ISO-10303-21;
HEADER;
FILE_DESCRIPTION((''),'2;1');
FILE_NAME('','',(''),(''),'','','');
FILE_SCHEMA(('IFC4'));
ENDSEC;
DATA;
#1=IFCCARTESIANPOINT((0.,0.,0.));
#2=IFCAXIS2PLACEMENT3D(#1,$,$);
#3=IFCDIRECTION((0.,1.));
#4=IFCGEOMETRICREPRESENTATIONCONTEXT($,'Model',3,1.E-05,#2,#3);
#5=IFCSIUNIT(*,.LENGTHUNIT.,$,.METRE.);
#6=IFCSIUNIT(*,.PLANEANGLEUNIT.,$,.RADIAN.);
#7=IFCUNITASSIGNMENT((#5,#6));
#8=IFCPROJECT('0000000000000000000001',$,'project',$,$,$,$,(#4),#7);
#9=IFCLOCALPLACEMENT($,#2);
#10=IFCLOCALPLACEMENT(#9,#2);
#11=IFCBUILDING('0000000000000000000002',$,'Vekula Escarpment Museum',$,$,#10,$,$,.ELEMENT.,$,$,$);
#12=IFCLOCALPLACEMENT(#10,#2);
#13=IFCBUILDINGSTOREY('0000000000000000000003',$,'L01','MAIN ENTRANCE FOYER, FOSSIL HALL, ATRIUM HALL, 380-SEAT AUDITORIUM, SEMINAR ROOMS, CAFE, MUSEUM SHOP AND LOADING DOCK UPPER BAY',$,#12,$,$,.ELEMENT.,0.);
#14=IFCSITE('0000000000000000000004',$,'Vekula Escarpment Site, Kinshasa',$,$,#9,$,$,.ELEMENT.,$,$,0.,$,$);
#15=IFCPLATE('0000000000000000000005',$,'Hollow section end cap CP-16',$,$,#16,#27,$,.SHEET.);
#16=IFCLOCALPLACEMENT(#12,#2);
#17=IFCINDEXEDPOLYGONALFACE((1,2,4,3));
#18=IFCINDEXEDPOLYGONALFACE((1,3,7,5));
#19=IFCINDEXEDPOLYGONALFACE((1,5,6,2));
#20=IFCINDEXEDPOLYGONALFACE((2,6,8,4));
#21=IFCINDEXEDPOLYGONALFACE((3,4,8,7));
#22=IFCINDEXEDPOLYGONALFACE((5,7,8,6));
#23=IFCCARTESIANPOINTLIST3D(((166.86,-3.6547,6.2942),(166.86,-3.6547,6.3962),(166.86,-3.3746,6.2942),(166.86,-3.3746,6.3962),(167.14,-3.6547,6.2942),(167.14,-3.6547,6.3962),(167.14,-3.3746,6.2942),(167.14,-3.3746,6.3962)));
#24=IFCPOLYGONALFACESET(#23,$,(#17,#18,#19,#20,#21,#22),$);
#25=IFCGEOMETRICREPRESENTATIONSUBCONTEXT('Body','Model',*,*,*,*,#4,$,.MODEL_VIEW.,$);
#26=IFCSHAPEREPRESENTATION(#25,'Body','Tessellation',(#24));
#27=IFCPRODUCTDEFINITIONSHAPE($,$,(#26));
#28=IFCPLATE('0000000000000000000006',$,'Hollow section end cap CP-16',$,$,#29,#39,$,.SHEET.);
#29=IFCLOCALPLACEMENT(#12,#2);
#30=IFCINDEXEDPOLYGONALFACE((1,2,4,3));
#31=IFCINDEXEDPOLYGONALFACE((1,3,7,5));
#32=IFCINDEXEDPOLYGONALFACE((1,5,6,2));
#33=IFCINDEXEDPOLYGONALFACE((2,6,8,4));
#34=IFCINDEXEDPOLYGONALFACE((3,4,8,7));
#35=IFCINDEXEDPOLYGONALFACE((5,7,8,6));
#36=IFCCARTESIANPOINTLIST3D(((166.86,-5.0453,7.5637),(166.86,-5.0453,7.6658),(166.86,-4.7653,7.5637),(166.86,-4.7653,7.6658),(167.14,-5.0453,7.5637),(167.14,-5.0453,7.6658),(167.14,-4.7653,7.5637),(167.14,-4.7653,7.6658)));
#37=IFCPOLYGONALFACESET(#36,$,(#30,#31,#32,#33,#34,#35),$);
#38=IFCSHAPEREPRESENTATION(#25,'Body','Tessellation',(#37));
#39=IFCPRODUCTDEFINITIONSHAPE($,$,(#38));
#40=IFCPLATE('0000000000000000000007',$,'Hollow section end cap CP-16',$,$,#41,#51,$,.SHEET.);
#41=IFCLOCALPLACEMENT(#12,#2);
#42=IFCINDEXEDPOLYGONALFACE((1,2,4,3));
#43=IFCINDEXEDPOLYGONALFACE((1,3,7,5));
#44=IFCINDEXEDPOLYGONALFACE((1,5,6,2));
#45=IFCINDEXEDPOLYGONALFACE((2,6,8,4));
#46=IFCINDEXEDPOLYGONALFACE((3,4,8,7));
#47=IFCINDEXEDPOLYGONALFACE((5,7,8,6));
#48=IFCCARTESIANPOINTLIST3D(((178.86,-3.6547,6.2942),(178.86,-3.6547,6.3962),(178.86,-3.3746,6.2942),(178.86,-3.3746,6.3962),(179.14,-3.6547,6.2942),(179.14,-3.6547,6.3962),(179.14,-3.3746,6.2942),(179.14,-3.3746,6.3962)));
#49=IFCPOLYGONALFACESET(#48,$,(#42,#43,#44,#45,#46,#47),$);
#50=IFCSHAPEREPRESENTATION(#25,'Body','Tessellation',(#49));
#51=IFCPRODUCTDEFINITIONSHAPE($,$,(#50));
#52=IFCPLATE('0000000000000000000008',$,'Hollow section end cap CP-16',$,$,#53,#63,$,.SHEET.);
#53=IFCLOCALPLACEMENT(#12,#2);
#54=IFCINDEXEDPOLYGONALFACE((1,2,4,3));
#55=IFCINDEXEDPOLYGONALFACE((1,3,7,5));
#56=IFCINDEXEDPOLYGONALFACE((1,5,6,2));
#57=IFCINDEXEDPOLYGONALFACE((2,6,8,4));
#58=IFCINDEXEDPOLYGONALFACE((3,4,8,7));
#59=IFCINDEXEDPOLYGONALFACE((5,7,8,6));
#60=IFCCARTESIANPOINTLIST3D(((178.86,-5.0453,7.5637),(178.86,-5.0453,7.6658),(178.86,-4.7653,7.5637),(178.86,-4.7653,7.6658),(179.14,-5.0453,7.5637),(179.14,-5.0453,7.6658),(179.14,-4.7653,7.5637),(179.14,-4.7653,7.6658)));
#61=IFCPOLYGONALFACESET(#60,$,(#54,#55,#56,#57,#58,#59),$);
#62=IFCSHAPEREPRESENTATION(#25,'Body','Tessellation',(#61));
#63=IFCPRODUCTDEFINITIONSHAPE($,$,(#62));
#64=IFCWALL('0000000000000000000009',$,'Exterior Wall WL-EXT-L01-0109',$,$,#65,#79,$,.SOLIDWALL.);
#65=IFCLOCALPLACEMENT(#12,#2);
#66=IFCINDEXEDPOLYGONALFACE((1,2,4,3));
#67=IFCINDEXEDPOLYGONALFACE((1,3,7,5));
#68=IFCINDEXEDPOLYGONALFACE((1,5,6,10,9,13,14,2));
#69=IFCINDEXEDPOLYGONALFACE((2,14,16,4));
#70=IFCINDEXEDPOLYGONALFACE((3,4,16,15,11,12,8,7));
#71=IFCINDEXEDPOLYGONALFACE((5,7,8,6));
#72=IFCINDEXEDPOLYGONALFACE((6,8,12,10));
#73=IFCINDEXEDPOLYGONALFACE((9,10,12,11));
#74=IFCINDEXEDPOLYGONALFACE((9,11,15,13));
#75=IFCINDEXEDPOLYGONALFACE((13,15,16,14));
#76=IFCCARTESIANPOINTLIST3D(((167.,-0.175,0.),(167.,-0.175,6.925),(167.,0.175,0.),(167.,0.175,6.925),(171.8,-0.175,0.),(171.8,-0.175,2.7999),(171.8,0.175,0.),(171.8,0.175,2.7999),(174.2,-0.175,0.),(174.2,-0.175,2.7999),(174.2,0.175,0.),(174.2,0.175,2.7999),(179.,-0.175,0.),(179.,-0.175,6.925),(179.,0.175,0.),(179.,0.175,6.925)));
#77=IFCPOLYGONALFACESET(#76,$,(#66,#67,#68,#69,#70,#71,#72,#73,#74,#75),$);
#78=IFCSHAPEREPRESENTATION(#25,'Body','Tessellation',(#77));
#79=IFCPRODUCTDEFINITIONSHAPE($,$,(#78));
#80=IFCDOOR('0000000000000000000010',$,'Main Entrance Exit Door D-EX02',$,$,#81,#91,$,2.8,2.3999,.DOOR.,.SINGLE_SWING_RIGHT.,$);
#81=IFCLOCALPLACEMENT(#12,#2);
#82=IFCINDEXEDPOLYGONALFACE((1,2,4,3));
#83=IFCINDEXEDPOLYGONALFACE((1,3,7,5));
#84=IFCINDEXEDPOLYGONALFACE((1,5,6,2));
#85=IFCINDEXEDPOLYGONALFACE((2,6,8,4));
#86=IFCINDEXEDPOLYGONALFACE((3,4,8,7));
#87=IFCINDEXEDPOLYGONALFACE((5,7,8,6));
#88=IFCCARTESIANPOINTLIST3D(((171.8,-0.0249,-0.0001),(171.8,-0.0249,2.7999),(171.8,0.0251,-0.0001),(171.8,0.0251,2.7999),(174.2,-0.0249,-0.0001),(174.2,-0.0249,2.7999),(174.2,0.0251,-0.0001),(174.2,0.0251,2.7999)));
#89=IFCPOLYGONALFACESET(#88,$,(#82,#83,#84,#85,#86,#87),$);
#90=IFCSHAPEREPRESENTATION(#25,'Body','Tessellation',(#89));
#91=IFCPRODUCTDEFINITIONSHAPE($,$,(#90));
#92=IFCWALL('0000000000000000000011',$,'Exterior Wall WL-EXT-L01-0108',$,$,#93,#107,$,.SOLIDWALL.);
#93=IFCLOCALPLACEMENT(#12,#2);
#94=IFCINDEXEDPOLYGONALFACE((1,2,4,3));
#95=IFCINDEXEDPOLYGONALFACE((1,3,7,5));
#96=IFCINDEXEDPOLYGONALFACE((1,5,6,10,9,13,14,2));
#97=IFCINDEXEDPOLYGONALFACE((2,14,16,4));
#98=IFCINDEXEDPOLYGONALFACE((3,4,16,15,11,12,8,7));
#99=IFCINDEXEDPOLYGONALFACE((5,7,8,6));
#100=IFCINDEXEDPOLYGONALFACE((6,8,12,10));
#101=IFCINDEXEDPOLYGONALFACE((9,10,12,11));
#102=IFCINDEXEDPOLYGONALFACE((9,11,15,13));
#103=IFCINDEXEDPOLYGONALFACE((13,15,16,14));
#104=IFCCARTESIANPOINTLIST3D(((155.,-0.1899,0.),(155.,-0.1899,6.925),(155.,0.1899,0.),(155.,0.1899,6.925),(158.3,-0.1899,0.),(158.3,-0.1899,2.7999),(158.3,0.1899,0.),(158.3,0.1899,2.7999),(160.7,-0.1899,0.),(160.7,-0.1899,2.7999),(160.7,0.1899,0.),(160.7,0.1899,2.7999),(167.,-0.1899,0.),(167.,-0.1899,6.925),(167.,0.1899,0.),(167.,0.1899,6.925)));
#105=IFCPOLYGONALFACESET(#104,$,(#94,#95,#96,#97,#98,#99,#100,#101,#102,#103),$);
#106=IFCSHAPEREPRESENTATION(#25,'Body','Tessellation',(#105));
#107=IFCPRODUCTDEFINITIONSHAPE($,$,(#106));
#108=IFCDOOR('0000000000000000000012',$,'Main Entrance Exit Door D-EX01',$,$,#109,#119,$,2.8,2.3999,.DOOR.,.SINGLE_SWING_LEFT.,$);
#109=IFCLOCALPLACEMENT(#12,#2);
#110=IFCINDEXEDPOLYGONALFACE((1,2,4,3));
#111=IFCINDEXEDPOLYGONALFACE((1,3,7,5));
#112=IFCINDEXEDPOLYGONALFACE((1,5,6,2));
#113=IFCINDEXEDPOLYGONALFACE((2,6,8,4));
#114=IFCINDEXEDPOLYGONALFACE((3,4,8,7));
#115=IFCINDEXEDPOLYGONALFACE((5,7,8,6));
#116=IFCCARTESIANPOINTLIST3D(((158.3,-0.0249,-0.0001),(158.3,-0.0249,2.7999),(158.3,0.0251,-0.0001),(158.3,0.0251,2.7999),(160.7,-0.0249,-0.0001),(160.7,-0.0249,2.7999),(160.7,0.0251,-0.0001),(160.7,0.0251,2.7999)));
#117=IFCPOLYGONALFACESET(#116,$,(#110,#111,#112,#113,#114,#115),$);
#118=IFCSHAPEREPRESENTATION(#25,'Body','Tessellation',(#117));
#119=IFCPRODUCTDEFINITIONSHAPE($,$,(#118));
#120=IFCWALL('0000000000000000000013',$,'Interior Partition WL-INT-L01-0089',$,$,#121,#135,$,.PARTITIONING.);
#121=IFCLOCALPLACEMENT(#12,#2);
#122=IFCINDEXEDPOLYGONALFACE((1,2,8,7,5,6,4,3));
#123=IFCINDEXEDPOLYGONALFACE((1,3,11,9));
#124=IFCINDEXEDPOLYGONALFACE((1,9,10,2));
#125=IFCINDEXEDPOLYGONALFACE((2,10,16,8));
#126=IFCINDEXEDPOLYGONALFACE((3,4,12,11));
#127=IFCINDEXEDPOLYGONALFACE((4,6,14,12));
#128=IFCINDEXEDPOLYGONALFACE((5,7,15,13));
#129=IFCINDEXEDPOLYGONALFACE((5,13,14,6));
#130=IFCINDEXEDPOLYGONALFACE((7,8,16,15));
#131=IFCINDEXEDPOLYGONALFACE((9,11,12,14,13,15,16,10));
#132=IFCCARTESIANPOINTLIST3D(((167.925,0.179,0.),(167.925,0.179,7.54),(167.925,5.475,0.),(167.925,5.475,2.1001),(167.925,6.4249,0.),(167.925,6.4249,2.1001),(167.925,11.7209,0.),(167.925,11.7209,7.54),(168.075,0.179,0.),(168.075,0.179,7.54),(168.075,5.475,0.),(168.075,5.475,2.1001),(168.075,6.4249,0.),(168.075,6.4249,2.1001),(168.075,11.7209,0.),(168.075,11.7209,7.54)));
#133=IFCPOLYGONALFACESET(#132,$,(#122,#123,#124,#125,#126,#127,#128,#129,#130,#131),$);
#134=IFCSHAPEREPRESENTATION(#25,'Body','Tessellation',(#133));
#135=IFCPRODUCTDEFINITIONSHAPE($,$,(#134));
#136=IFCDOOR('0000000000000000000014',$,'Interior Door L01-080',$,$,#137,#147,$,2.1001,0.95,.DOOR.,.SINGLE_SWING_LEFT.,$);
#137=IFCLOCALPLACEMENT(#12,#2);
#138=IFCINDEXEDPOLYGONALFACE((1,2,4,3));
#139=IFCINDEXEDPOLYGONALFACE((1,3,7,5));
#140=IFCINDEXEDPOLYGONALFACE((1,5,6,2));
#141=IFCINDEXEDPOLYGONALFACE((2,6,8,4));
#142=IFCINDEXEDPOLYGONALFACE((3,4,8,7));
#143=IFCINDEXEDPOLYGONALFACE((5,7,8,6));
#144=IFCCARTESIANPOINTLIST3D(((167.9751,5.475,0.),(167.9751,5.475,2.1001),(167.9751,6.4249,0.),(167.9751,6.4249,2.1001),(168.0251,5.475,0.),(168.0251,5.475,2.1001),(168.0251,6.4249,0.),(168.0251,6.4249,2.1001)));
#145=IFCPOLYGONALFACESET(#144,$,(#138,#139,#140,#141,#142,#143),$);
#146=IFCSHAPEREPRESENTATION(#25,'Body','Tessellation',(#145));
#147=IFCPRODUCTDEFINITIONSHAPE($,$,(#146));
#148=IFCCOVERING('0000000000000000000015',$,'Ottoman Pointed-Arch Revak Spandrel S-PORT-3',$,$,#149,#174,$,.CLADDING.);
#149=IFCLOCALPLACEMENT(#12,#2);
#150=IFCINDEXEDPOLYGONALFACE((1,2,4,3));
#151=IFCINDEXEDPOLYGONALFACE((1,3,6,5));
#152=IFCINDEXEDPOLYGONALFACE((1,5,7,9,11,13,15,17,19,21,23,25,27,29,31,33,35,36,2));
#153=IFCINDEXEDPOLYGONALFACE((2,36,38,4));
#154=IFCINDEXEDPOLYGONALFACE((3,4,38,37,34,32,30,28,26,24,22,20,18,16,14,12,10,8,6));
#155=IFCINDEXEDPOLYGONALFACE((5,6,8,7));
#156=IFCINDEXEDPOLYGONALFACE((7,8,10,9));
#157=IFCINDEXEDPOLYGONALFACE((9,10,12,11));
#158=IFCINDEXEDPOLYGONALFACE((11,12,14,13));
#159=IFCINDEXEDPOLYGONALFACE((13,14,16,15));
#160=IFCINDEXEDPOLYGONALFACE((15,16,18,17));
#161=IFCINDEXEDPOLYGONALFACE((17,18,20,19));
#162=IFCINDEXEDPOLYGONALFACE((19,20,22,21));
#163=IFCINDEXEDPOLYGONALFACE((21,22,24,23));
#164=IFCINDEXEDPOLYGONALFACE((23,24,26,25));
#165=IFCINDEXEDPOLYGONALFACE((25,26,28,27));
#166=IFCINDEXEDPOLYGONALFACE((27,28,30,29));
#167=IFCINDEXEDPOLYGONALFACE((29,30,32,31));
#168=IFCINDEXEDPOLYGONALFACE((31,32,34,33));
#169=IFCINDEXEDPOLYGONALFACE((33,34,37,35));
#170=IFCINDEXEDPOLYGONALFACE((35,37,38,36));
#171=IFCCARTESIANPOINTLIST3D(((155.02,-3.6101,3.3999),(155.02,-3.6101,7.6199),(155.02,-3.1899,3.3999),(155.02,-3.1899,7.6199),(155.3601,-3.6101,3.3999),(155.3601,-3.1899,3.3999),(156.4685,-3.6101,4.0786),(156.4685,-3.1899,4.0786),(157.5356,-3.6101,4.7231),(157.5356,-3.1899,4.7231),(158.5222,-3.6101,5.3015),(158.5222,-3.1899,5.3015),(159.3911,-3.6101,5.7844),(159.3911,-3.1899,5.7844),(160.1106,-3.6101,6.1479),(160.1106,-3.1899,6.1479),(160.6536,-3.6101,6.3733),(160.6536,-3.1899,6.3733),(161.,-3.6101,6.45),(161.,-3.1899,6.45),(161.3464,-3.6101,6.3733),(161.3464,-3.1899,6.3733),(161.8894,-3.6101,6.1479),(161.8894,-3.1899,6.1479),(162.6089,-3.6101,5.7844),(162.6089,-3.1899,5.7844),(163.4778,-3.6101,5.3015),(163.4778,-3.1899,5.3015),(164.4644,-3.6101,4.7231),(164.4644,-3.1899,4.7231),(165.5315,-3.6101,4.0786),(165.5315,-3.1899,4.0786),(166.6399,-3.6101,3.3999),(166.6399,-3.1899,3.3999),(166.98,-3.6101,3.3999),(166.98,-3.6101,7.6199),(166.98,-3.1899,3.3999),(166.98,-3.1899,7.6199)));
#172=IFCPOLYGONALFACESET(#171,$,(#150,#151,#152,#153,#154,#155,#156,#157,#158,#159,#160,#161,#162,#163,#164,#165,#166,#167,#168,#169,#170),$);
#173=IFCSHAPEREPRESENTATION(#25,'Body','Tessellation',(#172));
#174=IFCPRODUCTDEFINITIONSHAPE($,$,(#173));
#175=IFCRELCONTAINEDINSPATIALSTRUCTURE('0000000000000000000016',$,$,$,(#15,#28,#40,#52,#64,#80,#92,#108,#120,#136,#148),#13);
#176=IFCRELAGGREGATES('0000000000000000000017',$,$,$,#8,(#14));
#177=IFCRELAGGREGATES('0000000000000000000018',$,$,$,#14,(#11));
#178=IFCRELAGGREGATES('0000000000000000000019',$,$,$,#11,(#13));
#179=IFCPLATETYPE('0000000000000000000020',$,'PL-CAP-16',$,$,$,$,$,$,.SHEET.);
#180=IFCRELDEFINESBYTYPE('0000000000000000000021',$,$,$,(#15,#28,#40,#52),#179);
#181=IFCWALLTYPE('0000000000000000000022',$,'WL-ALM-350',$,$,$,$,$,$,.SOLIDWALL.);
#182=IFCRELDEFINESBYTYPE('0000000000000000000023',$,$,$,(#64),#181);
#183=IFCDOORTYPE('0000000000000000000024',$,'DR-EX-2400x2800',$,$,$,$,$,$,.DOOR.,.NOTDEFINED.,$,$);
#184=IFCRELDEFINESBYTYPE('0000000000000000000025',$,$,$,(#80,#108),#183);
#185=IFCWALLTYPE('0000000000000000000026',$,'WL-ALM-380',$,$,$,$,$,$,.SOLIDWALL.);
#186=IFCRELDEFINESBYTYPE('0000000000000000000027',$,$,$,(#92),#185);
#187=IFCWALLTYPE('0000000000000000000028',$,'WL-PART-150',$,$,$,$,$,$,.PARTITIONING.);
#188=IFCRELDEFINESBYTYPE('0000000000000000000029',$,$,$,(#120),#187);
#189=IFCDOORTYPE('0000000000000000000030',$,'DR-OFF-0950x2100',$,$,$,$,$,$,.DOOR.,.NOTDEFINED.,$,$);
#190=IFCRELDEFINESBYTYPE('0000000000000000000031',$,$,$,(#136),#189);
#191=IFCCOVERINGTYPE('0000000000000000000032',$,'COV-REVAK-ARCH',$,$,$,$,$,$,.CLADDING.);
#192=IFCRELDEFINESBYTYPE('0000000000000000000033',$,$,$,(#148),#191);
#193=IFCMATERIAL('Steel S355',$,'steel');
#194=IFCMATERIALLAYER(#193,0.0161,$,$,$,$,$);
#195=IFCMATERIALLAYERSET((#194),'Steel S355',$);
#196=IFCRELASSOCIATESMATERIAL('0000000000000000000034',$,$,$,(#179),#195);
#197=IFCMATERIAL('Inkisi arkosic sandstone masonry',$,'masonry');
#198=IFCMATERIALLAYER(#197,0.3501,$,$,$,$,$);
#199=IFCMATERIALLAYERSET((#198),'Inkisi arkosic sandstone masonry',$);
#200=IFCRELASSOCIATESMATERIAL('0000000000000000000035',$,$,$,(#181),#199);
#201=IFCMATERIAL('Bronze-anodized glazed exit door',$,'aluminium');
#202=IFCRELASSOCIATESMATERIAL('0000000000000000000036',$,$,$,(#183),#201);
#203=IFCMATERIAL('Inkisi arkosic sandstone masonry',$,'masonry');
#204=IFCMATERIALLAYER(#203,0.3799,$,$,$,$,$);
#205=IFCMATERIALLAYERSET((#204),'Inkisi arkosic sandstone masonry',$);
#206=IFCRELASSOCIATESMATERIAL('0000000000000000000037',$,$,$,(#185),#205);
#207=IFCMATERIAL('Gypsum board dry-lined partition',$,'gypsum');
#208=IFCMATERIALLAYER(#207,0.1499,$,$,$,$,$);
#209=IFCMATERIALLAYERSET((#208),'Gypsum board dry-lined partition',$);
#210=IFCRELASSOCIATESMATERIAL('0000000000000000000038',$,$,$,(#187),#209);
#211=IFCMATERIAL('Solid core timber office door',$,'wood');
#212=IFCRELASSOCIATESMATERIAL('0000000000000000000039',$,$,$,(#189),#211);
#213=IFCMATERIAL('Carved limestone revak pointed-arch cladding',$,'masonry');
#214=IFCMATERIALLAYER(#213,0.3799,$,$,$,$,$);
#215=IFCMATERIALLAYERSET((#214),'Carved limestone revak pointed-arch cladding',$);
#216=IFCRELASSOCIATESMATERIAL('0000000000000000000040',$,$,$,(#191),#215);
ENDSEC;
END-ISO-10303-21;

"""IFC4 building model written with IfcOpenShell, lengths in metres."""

from ifc_helpers import new_model, si_unit, direction, frame, frame_2d, origin, origin_2d, place, context, subcontext, project, spatial, polyline, rectangle, outline, extrude, material, layer, layer_set, type_object, element, fill, save


model = new_model("IFC4")

# Units and contexts
model_context = context("Model", 3, precision=1e-05, world=origin(), true_north=direction((0.0, 1.0)))
body_context = subcontext(model_context, "Body", "Model", "MODEL_VIEW")
ifc_project = project(units=[si_unit("LENGTHUNIT", "METRE"), si_unit("PLANEANGLEUNIT", "RADIAN")], contexts=[model_context])

# Site, building, storey
site_placement = place(None, origin())
site = spatial("IfcSite", under=ifc_project, at=site_placement, Name="Vekula Escarpment Site, Kinshasa", CompositionType="ELEMENT", RefElevation=0.0)
building_placement = place(site_placement, origin())
building = spatial("IfcBuilding", under=site, at=building_placement, Name="Vekula Escarpment Museum", CompositionType="ELEMENT")
storey_placement = place(building_placement, origin())
storey = spatial("IfcBuildingStorey", under=building, at=storey_placement, Name="L01", Description="MAIN ENTRANCE FOYER, FOSSIL HALL, ATRIUM HALL, 380-SEAT AUDITORIUM, SEMINAR ROOMS, CAFE, MUSEUM SHOP AND LOADING DOCK UPPER BAY", CompositionType="ELEMENT", Elevation=0.0)

# Plates
ifc_material_1 = material(Name="Steel S355", Category="steel")
ifc_layer_1 = layer(ifc_material_1, 0.0161)
ifc_layer_set_1 = layer_set([ifc_layer_1], Name="Steel S355")
plate_type = type_object("IfcPlateType", Name="PL-CAP-16", PredefinedType="SHEET", material=ifc_layer_set_1)
for number, where, z_axis, x_axis, name in (
    (1, (167.0, -3.5146, 6.2942), (0.0, 0.0, 1.0), (1.0, 0.0, 0.0), "Hollow section end cap CP-16"),
    (2, (167.0, -4.9053, 7.5637), (0.0, 0.0, 1.0), (1.0, 0.0, 0.0), "Hollow section end cap CP-16"),
    (3, (179.0, -3.5146, 6.2942), (0.0, 0.0, 1.0), (1.0, 0.0, 0.0), "Hollow section end cap CP-16"),
    (4, (179.0, -4.9053, 7.5637), (0.0, 0.0, 1.0), (1.0, 0.0, 0.0), "Hollow section end cap CP-16"),
):
    element("IfcPlate", number, at=place(storey_placement, frame(where, z_axis=z_axis, x_axis=x_axis)), inside=storey, type_object=plate_type, Name=name, PredefinedType="SHEET", context=body_context, shape_type="SweptSolid", body=[
        extrude(rectangle(XDim=0.28, YDim=0.28, at=origin_2d()), origin(), (0.0, 0.0, 1.0), 0.1021),
    ])

# Walls, openings, doors
ifc_material_2 = material(Name="Inkisi arkosic sandstone masonry", Category="masonry")
ifc_layer_2 = layer(ifc_material_2, 0.3501)
ifc_layer_set_2 = layer_set([ifc_layer_2], Name="Inkisi arkosic sandstone masonry")
wall_type_1 = type_object("IfcWallType", Name="WL-ALM-350", PredefinedType="SOLIDWALL", material=ifc_layer_set_2)
wall_1_placement = place(storey_placement, frame((179.0, 0.0, 0.0), z_axis=(0.0, 0.0, 1.0), x_axis=(-1.0, 0.0, 0.0)))
wall_1 = element("IfcWall", 5, at=wall_1_placement, inside=storey, type_object=wall_type_1, Name="Exterior Wall WL-EXT-L01-0109", PredefinedType="SOLIDWALL", context=body_context, shape_type="SweptSolid", body=[
    extrude(rectangle(XDim=12.0, YDim=0.3501, at=frame_2d((6.0, 0.0))), origin(), (0.0, 0.0, 1.0), 6.925),
])
opening_1_placement = place(wall_1_placement, frame((4.8, 0.0, 0.0)))
opening_1 = element("IfcOpeningElement", 6, at=opening_1_placement, cuts=wall_1, PredefinedType="OPENING", context=body_context, shape_type="SweptSolid", body=[
    extrude(rectangle(XDim=2.3999, YDim=2.8, at=frame_2d((1.2, 1.3999))), frame((0.0, 0.1851, 0.0), z_axis=(0.0, -1.0, 0.0), x_axis=(1.0, 0.0, 0.0)), (0.0, 0.0, 1.0), 0.3701),
])
ifc_material_3 = material(Name="Bronze-anodized glazed exit door", Category="aluminium")
door_type_1 = type_object("IfcDoorType", Name="DR-EX-2400x2800", OperationType="NOTDEFINED", PredefinedType="DOOR", material=ifc_material_3)
door_1_placement = place(opening_1_placement, origin())
door_1 = element("IfcDoor", 7, at=door_1_placement, inside=storey, type_object=door_type_1, Name="Main Entrance Exit Door D-EX02", OperationType="SINGLE_SWING_RIGHT", OverallHeight=2.8, OverallWidth=2.3999, PredefinedType="DOOR", context=body_context, shape_type="SweptSolid", body=[
    extrude(rectangle(XDim=2.3999, YDim=2.8, at=frame_2d((1.2, 1.3999))), frame((0.0, 0.0249, 0.0), z_axis=(0.0, -1.0, 0.0), x_axis=(1.0, 0.0, 0.0)), (0.0, 0.0, 1.0), 0.05),
])
fill(opening_1, door_1)
ifc_material_4 = material(Name="Inkisi arkosic sandstone masonry", Category="masonry")
ifc_layer_3 = layer(ifc_material_4, 0.3799)
ifc_layer_set_3 = layer_set([ifc_layer_3], Name="Inkisi arkosic sandstone masonry")
wall_type_2 = type_object("IfcWallType", Name="WL-ALM-380", PredefinedType="SOLIDWALL", material=ifc_layer_set_3)
wall_2_placement = place(storey_placement, frame((167.0, 0.0, 0.0), z_axis=(0.0, 0.0, 1.0), x_axis=(-1.0, 0.0, 0.0)))
wall_2 = element("IfcWall", 8, at=wall_2_placement, inside=storey, type_object=wall_type_2, Name="Exterior Wall WL-EXT-L01-0108", PredefinedType="SOLIDWALL", context=body_context, shape_type="SweptSolid", body=[
    extrude(rectangle(XDim=12.0, YDim=0.3799, at=frame_2d((6.0, 0.0))), origin(), (0.0, 0.0, 1.0), 6.925),
])
opening_2_placement = place(wall_2_placement, frame((6.3, 0.0, 0.0)))
opening_2 = element("IfcOpeningElement", 9, at=opening_2_placement, cuts=wall_2, PredefinedType="OPENING", context=body_context, shape_type="SweptSolid", body=[
    extrude(rectangle(XDim=2.3999, YDim=2.8, at=frame_2d((1.2, 1.3999))), frame((0.0, 0.2, 0.0), z_axis=(0.0, -1.0, 0.0), x_axis=(1.0, 0.0, 0.0)), (0.0, 0.0, 1.0), 0.3999),
])
door_2_placement = place(opening_2_placement, origin())
door_2 = element("IfcDoor", 10, at=door_2_placement, inside=storey, type_object=door_type_1, Name="Main Entrance Exit Door D-EX01", OperationType="SINGLE_SWING_LEFT", OverallHeight=2.8, OverallWidth=2.3999, PredefinedType="DOOR", context=body_context, shape_type="SweptSolid", body=[
    extrude(rectangle(XDim=2.3999, YDim=2.8, at=frame_2d((1.2, 1.3999))), frame((0.0, 0.0249, 0.0), z_axis=(0.0, -1.0, 0.0), x_axis=(1.0, 0.0, 0.0)), (0.0, 0.0, 1.0), 0.05),
])
fill(opening_2, door_2)
ifc_material_5 = material(Name="Gypsum board dry-lined partition", Category="gypsum")
ifc_layer_4 = layer(ifc_material_5, 0.1499)
ifc_layer_set_4 = layer_set([ifc_layer_4], Name="Gypsum board dry-lined partition")
wall_type_3 = type_object("IfcWallType", Name="WL-PART-150", PredefinedType="PARTITIONING", material=ifc_layer_set_4)
wall_3_placement = place(storey_placement, frame((168.0, 0.179, 0.0), z_axis=(0.0, 0.0, 1.0), x_axis=(0.0, 1.0, 0.0)))
wall_3 = element("IfcWall", 11, at=wall_3_placement, inside=storey, type_object=wall_type_3, Name="Interior Partition WL-INT-L01-0089", PredefinedType="PARTITIONING", context=body_context, shape_type="SweptSolid", body=[
    extrude(rectangle(XDim=11.542, YDim=0.1499, at=frame_2d((5.771, 0.0))), origin(), (0.0, 0.0, 1.0), 7.54),
])
opening_3_placement = place(wall_3_placement, frame((5.2959, 0.0, 0.0)))
opening_3 = element("IfcOpeningElement", 12, at=opening_3_placement, cuts=wall_3, PredefinedType="OPENING", context=body_context, shape_type="SweptSolid", body=[
    extrude(rectangle(XDim=0.95, YDim=2.1001, at=frame_2d((0.4751, 1.05))), frame((0.0, 0.085, 0.0), z_axis=(0.0, -1.0, 0.0), x_axis=(1.0, 0.0, 0.0)), (0.0, 0.0, 1.0), 0.1699),
])
ifc_material_6 = material(Name="Solid core timber office door", Category="wood")
door_type_2 = type_object("IfcDoorType", Name="DR-OFF-0950x2100", OperationType="NOTDEFINED", PredefinedType="DOOR", material=ifc_material_6)
door_3_placement = place(opening_3_placement, origin())
door_3 = element("IfcDoor", 13, at=door_3_placement, inside=storey, type_object=door_type_2, Name="Interior Door L01-080", OperationType="SINGLE_SWING_LEFT", OverallHeight=2.1001, OverallWidth=0.95, PredefinedType="DOOR", context=body_context, shape_type="SweptSolid", body=[
    extrude(rectangle(XDim=0.95, YDim=2.1001, at=frame_2d((0.4751, 1.05))), frame((0.0, 0.0249, 0.0), z_axis=(0.0, -1.0, 0.0), x_axis=(1.0, 0.0, 0.0)), (0.0, 0.0, 1.0), 0.05),
])
fill(opening_3, door_3)

# Covering
ifc_material_7 = material(Name="Carved limestone revak pointed-arch cladding", Category="masonry")
ifc_layer_5 = layer(ifc_material_7, 0.3799)
ifc_layer_set_5 = layer_set([ifc_layer_5], Name="Carved limestone revak pointed-arch cladding")
covering_type = type_object("IfcCoveringType", Name="COV-REVAK-ARCH", PredefinedType="CLADDING", material=ifc_layer_set_5)
for number, where, z_axis, x_axis, name in (
    (14, (161.0, -3.1899, 3.3999), (0.0, -1.0, 0.0), (1.0, 0.0, 0.0), "Ottoman Pointed-Arch Revak Spandrel S-PORT-3"),
):
    element("IfcCovering", number, at=place(storey_placement, frame(where, z_axis=z_axis, x_axis=x_axis)), inside=storey, type_object=covering_type, Name=name, PredefinedType="CLADDING", context=body_context, shape_type="SweptSolid", body=[
        extrude(outline(polyline([(-5.98, 4.22), (5.98, 4.22), (5.98, 0.0), (5.6399, 0.0), (4.5315, 0.6787), (3.4644, 1.3232), (2.4778, 1.9016), (1.6089, 2.3845), (0.8894, 2.748), (0.3464, 2.9734), (0.0, 3.05), (-0.3464, 2.9734), (-0.8894, 2.748), (-1.6089, 2.3845), (-2.4778, 1.9016), (-3.4644, 1.3232), (-4.5315, 0.6787), (-5.6399, 0.0), (-5.98, 0.0), (-5.98, 4.22)])), origin(), (0.0, 0.0, 1.0), 0.4202),
    ])

save(model, "model.ifc")
